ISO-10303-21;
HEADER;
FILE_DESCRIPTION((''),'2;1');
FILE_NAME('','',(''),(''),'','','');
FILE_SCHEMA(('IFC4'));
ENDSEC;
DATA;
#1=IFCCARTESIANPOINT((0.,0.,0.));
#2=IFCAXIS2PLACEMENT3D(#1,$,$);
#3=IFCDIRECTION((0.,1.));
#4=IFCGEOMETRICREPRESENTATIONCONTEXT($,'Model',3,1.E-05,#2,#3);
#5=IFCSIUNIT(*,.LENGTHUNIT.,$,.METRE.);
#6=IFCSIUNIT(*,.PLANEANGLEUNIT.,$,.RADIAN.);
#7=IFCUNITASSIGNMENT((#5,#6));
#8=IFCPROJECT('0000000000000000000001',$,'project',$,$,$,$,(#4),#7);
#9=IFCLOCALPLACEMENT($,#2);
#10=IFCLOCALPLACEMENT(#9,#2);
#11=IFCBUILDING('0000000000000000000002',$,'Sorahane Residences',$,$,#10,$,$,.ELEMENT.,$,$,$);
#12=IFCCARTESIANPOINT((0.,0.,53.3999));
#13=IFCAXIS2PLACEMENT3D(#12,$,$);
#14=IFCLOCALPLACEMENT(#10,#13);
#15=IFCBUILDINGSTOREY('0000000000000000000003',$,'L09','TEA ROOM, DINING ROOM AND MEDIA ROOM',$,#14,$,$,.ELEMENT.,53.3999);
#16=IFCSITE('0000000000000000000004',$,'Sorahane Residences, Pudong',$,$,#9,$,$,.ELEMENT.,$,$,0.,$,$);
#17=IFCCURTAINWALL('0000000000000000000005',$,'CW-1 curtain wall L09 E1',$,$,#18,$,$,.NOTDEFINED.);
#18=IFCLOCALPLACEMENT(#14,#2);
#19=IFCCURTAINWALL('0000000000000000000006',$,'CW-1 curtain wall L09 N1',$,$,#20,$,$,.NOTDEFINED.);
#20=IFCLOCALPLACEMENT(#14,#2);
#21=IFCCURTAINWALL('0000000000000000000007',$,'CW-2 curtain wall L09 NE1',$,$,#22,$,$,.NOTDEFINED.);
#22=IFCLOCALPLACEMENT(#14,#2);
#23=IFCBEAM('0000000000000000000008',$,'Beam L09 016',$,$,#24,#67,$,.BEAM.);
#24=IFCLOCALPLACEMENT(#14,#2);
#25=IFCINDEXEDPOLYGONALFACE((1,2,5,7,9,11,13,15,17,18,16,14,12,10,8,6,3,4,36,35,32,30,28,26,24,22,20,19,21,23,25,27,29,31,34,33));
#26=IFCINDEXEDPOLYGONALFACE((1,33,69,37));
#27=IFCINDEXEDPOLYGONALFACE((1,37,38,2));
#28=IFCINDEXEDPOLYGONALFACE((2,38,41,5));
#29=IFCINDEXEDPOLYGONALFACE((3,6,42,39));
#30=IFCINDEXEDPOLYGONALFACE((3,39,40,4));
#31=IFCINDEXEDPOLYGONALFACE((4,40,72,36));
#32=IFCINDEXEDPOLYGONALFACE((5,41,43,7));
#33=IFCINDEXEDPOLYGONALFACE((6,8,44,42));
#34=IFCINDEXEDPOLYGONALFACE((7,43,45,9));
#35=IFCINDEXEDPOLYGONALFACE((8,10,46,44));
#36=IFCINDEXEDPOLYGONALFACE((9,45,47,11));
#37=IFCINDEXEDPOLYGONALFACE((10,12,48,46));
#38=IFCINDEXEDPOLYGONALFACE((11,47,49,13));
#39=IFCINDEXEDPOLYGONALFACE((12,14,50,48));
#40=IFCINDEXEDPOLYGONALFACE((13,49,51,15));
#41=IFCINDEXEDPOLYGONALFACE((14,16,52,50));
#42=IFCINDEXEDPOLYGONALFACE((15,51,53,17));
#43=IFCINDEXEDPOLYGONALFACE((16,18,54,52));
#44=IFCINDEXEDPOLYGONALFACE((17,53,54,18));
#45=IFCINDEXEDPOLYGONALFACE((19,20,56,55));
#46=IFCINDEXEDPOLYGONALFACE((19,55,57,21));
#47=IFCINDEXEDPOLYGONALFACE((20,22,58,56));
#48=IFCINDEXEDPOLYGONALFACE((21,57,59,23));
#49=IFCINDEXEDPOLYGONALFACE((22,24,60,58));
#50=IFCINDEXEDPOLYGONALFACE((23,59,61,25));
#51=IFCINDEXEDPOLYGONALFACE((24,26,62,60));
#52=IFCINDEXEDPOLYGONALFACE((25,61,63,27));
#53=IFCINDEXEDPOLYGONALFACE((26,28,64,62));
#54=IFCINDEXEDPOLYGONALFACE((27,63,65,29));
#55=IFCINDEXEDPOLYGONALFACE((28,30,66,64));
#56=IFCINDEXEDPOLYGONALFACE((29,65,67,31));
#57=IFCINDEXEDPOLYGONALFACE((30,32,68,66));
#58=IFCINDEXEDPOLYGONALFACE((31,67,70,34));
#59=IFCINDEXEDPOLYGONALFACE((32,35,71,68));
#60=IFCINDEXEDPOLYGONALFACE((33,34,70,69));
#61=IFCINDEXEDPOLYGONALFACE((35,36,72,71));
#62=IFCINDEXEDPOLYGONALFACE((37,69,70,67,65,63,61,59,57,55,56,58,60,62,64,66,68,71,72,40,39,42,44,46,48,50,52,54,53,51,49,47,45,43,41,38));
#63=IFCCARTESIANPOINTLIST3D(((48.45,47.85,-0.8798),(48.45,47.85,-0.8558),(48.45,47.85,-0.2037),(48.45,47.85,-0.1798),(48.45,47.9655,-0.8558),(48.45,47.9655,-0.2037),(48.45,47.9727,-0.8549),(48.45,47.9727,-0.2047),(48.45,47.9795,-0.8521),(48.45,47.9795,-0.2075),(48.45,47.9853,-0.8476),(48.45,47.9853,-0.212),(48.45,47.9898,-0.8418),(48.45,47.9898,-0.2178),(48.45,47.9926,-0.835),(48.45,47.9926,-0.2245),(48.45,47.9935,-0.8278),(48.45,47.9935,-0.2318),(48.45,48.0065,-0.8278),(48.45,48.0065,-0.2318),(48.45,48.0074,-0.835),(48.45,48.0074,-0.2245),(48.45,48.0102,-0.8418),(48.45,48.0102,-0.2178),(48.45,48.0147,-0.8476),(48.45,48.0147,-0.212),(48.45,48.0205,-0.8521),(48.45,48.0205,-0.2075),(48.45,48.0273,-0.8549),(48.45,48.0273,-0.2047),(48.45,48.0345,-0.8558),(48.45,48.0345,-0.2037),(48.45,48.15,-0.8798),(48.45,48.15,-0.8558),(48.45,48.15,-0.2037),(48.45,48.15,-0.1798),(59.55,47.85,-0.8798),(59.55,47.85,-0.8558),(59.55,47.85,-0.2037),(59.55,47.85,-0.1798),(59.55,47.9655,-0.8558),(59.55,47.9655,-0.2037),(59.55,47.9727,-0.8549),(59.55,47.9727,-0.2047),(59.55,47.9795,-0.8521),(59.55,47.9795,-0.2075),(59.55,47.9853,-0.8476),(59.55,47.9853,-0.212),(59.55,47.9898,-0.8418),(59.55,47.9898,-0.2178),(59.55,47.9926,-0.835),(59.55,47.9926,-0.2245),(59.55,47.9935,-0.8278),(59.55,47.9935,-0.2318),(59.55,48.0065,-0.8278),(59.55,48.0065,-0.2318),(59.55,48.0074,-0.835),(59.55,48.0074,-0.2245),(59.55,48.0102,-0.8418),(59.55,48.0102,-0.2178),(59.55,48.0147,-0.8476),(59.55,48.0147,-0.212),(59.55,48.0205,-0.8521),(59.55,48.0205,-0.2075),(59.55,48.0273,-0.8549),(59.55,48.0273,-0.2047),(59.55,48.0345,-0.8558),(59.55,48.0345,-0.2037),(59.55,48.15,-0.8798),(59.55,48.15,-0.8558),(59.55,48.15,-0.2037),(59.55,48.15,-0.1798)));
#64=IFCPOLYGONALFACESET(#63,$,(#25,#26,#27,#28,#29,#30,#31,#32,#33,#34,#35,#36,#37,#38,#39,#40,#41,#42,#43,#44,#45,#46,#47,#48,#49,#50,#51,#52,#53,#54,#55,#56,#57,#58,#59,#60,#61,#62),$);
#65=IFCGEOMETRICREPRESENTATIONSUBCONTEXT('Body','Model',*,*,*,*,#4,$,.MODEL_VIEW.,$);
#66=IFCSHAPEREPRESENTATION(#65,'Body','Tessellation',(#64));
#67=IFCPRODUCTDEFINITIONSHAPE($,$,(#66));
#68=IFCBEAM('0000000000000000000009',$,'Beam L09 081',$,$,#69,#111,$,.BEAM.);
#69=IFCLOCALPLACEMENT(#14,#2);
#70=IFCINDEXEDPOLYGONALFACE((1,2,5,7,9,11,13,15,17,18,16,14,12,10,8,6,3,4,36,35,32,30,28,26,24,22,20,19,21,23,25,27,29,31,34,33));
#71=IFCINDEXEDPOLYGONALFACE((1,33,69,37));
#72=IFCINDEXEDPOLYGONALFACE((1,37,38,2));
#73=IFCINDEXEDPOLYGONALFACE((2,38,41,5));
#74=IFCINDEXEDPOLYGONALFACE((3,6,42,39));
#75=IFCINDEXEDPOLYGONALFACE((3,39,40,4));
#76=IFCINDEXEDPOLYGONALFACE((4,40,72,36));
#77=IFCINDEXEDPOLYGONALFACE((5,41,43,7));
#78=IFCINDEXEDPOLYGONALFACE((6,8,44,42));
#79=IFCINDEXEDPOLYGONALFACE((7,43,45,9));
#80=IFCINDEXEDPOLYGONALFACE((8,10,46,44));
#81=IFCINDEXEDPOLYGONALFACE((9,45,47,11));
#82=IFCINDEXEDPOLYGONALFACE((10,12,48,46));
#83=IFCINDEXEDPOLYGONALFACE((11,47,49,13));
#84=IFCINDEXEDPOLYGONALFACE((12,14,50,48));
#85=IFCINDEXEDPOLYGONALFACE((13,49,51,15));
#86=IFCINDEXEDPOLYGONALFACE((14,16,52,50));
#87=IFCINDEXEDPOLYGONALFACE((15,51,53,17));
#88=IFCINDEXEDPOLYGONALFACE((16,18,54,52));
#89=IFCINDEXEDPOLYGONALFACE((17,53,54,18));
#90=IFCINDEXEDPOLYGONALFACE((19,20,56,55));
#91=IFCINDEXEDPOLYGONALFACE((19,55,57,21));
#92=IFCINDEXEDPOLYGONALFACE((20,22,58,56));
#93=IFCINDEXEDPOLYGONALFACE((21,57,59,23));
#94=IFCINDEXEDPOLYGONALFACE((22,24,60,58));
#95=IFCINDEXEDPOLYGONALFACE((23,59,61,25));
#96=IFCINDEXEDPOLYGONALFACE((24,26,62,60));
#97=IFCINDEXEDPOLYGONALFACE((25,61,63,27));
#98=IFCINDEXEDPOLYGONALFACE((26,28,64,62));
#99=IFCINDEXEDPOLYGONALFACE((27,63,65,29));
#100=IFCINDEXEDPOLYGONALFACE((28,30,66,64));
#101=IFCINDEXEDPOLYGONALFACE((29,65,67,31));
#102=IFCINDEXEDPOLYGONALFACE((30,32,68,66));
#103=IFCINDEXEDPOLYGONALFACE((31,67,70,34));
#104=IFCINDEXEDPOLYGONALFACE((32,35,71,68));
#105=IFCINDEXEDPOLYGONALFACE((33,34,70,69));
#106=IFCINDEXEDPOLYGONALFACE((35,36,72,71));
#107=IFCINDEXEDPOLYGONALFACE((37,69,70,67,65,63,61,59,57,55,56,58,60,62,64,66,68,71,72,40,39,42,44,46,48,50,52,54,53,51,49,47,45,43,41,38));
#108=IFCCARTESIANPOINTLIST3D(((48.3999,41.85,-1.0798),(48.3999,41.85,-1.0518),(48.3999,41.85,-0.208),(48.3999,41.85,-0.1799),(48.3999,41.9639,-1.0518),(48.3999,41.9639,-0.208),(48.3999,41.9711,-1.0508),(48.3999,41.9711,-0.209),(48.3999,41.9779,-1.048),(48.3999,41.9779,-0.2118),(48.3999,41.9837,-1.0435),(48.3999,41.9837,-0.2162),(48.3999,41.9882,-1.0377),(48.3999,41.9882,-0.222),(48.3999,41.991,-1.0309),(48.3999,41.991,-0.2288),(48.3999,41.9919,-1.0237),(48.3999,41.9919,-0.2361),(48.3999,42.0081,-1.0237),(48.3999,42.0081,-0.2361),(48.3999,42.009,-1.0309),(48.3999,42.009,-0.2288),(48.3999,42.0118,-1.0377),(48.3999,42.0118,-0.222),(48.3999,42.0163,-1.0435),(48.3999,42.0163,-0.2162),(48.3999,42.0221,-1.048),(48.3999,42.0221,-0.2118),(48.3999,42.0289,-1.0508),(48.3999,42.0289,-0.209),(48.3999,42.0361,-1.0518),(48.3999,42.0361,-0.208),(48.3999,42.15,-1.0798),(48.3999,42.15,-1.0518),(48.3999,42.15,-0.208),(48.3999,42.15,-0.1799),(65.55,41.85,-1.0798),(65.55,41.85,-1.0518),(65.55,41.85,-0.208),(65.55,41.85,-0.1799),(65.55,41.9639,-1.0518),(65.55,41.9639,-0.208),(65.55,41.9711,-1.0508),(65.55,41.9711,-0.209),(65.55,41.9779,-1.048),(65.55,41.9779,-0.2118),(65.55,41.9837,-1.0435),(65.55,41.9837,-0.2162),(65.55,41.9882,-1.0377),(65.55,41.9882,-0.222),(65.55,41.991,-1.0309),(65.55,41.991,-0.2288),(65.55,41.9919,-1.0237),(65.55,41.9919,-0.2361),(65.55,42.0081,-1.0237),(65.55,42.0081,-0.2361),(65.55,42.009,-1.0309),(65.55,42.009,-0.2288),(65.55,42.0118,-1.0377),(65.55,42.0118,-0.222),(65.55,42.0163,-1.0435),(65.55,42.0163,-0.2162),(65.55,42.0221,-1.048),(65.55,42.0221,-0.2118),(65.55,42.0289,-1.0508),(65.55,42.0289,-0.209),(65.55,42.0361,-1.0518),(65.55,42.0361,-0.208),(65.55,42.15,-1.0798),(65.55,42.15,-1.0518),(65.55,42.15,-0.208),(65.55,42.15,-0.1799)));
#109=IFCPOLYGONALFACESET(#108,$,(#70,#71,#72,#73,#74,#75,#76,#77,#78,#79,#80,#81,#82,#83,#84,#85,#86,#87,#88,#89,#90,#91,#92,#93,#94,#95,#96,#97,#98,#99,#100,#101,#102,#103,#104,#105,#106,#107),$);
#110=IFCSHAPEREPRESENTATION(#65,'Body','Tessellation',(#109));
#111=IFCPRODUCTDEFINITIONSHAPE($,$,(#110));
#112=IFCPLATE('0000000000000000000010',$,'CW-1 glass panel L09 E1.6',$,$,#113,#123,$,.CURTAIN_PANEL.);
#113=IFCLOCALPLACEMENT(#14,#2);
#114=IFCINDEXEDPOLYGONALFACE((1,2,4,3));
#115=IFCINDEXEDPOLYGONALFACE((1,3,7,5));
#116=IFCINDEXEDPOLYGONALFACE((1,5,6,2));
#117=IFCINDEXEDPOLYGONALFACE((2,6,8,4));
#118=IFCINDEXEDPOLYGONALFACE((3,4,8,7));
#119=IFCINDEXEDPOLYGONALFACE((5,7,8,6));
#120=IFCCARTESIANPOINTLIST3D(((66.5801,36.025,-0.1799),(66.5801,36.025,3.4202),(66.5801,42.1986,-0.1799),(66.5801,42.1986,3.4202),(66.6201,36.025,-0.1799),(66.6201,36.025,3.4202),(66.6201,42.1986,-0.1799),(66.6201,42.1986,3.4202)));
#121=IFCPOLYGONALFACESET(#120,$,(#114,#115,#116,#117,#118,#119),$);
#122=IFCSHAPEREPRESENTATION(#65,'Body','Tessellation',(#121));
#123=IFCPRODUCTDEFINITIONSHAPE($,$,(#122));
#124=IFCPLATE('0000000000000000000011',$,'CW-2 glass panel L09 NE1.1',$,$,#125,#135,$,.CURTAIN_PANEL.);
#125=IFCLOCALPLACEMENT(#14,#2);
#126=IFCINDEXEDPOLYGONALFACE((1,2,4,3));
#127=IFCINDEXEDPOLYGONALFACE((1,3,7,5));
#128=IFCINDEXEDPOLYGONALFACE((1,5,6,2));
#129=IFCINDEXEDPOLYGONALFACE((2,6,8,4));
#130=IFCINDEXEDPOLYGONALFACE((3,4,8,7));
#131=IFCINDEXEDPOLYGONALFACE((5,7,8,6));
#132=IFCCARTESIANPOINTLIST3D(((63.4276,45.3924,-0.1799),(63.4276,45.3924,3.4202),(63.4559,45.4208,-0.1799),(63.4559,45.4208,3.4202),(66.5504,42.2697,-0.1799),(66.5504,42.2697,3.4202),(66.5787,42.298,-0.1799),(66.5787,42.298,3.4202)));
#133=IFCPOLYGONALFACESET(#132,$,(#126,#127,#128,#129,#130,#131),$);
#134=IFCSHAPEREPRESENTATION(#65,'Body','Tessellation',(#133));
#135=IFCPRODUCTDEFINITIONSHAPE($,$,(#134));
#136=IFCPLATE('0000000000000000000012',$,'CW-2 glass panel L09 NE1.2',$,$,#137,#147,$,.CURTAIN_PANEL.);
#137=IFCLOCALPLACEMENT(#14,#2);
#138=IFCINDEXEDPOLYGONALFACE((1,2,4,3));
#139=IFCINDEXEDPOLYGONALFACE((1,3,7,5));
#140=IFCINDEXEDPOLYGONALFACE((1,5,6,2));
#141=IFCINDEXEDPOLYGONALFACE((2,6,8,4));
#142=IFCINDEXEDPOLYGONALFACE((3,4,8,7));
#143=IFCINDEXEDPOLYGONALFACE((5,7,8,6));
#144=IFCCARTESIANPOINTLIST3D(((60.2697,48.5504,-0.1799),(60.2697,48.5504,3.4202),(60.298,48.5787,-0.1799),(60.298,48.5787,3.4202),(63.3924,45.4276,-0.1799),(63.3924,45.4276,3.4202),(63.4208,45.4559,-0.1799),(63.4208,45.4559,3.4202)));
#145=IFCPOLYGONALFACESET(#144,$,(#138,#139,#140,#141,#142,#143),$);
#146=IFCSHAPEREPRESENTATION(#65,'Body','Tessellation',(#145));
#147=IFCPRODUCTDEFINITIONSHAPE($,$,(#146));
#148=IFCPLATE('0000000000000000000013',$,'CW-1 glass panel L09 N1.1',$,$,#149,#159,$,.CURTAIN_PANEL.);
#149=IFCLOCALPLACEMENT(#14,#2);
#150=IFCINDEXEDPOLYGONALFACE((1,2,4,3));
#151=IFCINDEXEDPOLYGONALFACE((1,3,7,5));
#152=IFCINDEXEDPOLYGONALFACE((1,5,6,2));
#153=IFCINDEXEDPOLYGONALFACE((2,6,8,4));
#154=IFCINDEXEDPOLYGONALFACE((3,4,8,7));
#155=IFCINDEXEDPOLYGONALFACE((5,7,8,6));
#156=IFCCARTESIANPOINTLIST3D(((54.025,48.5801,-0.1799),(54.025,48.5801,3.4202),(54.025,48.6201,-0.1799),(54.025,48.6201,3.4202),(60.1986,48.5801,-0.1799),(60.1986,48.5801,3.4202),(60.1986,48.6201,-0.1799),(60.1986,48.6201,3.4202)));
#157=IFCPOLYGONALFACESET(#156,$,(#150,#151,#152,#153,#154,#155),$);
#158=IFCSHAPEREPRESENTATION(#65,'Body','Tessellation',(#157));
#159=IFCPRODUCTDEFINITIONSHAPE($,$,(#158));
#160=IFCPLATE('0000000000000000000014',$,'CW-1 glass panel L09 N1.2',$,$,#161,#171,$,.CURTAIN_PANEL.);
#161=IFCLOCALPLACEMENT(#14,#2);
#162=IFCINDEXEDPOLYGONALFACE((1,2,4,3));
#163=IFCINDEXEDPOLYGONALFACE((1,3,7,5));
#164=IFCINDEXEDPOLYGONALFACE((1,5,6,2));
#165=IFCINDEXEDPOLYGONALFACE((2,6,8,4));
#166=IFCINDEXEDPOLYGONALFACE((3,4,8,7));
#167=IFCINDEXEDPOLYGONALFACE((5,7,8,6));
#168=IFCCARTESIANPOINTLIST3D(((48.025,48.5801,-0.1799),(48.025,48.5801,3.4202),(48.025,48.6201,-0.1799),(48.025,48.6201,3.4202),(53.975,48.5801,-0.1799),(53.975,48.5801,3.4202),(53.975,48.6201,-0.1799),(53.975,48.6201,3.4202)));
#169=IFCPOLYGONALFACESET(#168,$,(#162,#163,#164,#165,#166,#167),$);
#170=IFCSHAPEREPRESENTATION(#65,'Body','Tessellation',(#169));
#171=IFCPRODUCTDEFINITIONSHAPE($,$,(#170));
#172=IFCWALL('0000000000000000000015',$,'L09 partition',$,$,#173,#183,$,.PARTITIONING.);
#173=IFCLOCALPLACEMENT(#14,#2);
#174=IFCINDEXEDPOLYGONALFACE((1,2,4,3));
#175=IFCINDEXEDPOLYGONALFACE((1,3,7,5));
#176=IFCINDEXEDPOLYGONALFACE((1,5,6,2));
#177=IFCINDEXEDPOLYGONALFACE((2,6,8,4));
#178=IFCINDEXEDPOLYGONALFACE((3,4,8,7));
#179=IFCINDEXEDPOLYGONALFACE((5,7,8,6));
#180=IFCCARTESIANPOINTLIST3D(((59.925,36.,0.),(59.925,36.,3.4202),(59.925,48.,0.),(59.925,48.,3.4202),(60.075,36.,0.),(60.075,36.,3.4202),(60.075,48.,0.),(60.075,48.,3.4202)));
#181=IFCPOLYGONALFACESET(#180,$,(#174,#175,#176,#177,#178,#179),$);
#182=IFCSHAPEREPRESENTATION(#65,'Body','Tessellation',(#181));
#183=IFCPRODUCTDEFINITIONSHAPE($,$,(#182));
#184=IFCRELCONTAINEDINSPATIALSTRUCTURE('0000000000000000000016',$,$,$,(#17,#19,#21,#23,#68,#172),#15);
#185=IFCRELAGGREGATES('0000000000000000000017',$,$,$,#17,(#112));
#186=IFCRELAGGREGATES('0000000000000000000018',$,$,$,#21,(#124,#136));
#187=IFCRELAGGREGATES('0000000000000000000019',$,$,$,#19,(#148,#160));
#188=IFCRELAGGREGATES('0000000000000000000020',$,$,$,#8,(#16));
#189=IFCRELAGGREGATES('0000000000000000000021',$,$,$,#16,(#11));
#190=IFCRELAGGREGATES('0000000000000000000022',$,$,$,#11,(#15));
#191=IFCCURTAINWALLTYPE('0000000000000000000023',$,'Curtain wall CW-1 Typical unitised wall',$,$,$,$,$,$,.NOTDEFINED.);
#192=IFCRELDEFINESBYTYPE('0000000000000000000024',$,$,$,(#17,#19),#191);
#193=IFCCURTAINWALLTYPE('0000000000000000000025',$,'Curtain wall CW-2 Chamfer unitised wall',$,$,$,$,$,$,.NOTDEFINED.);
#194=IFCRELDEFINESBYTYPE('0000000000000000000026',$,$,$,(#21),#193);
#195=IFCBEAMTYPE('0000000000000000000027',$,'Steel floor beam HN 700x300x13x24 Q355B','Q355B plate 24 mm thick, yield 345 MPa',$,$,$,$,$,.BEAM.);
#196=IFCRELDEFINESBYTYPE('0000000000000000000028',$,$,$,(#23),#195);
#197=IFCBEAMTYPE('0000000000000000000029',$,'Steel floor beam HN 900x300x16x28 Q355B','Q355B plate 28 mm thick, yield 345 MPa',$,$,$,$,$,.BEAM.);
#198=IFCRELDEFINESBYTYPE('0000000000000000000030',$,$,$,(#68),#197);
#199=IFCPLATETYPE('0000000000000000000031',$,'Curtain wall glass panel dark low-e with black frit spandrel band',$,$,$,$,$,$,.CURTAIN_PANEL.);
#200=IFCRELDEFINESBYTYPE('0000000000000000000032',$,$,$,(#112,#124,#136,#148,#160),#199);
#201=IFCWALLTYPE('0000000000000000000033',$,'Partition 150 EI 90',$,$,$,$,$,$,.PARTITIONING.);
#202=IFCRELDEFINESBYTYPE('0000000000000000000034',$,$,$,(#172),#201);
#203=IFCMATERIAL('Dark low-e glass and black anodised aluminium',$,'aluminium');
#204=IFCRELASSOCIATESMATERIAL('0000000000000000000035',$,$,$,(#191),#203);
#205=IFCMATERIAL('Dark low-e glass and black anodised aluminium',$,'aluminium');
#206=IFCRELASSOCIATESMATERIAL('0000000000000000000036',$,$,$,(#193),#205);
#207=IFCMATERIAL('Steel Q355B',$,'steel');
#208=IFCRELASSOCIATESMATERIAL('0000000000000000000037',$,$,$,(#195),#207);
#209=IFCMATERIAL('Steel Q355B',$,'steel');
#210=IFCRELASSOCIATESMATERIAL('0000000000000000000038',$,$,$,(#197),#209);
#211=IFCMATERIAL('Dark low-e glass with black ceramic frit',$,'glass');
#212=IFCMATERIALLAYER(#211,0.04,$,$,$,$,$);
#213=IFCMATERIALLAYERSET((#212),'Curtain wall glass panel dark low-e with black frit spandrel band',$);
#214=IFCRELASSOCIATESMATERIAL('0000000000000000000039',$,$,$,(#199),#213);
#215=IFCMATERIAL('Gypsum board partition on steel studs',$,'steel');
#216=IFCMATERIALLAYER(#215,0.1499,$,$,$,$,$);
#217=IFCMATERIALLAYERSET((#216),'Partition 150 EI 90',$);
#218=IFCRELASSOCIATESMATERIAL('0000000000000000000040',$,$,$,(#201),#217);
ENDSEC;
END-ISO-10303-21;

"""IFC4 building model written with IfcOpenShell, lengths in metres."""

from ifc_helpers import new_model, si_unit, direction, frame, frame_2d, origin, origin_2d, place, context, subcontext, project, spatial, rectangle, i_section, extrude, material, layer, layer_set, material_profile, profile_set, type_object, element, aggregate, save


model = new_model("IFC4")

# Units and contexts
model_context = context("Model", 3, precision=1e-05, world=origin(), true_north=direction((0.0, 1.0)))
body_context = subcontext(model_context, "Body", "Model", "MODEL_VIEW")
ifc_project = project(units=[si_unit("LENGTHUNIT", "METRE"), si_unit("PLANEANGLEUNIT", "RADIAN")], contexts=[model_context])

# Site, building, storey
site_placement = place(None, origin())
site = spatial("IfcSite", under=ifc_project, at=site_placement, Name="Sorahane Residences, Pudong", CompositionType="ELEMENT", RefElevation=0.0)
building_placement = place(site_placement, origin())
building = spatial("IfcBuilding", under=site, at=building_placement, Name="Sorahane Residences", CompositionType="ELEMENT")
storey_placement = place(building_placement, frame((0.0, 0.0, 53.3999)))
storey = spatial("IfcBuildingStorey", under=building, at=storey_placement, Name="L09", Description="TEA ROOM, DINING ROOM AND MEDIA ROOM", CompositionType="ELEMENT", Elevation=53.3999)

# Curtain walls
ifc_material_1 = material(Name="Dark low-e glass and black anodised aluminium", Category="aluminium")
curtain_wall_type_1 = type_object("IfcCurtainWallType", Name="Curtain wall CW-1 Typical unitised wall", PredefinedType="NOTDEFINED", material=ifc_material_1)
curtain_wall_1_placement = place(storey_placement, origin())
curtain_wall_1 = element("IfcCurtainWall", 1, at=curtain_wall_1_placement, inside=storey, type_object=curtain_wall_type_1, Name="CW-1 curtain wall L09 E1", PredefinedType="NOTDEFINED")
curtain_wall_2_placement = place(storey_placement, origin())
curtain_wall_2 = element("IfcCurtainWall", 2, at=curtain_wall_2_placement, inside=storey, type_object=curtain_wall_type_1, Name="CW-1 curtain wall L09 N1", PredefinedType="NOTDEFINED")
ifc_material_2 = material(Name="Dark low-e glass and black anodised aluminium", Category="aluminium")
curtain_wall_type_2 = type_object("IfcCurtainWallType", Name="Curtain wall CW-2 Chamfer unitised wall", PredefinedType="NOTDEFINED", material=ifc_material_2)
curtain_wall_3_placement = place(storey_placement, origin())
curtain_wall_3 = element("IfcCurtainWall", 3, at=curtain_wall_3_placement, inside=storey, type_object=curtain_wall_type_2, Name="CW-2 curtain wall L09 NE1", PredefinedType="NOTDEFINED")

# Beams
ifc_material_3 = material(Name="Steel Q355B", Category="steel")
ifc_material_profile_1 = material_profile(ifc_material_3, i_section(OverallWidth=0.3, OverallDepth=0.7, WebThickness=0.0129, FlangeThickness=0.0239, FilletRadius=0.0281, at=origin_2d()), Name="HN 700x300x13x24")
ifc_profile_set_1 = profile_set([ifc_material_profile_1], Name="Steel Q355B")
beam_type_1 = type_object("IfcBeamType", Name="Steel floor beam HN 700x300x13x24 Q355B", Description="Q355B plate 24 mm thick, yield 345 MPa", PredefinedType="BEAM", material=ifc_profile_set_1)
beam_1_placement = place(storey_placement, frame((48.45, 48.0, -0.5298), z_axis=(1.0, 0.0, 0.0), x_axis=(0.0, 1.0, 0.0)))
element("IfcBeam", 4, at=beam_1_placement, inside=storey, type_object=beam_type_1, Name="Beam L09 016", PredefinedType="BEAM", context=body_context, shape_type="SweptSolid", body=[
    extrude(i_section(OverallWidth=0.3, OverallDepth=0.7, WebThickness=0.0129, FlangeThickness=0.0239, FilletRadius=0.0281, at=origin_2d()), origin(), (0.0, 0.0, 1.0), 11.1001),
])
ifc_material_4 = material(Name="Steel Q355B", Category="steel")
ifc_material_profile_2 = material_profile(ifc_material_4, i_section(OverallWidth=0.3, OverallDepth=0.8999, WebThickness=0.0161, FlangeThickness=0.0281, FilletRadius=0.0281, at=origin_2d()), Name="HN 900x300x16x28")
ifc_profile_set_2 = profile_set([ifc_material_profile_2], Name="Steel Q355B")
beam_type_2 = type_object("IfcBeamType", Name="Steel floor beam HN 900x300x16x28 Q355B", Description="Q355B plate 28 mm thick, yield 345 MPa", PredefinedType="BEAM", material=ifc_profile_set_2)
beam_2_placement = place(storey_placement, frame((48.3999, 42.0, -0.6299), z_axis=(1.0, 0.0, 0.0), x_axis=(0.0, 1.0, 0.0)))
element("IfcBeam", 5, at=beam_2_placement, inside=storey, type_object=beam_type_2, Name="Beam L09 081", PredefinedType="BEAM", context=body_context, shape_type="SweptSolid", body=[
    extrude(i_section(OverallWidth=0.3, OverallDepth=0.8999, WebThickness=0.0161, FlangeThickness=0.0281, FilletRadius=0.0281, at=origin_2d()), origin(), (0.0, 0.0, 1.0), 17.1501),
])

# Plates
ifc_material_5 = material(Name="Dark low-e glass with black ceramic frit", Category="glass")
ifc_layer_1 = layer(ifc_material_5, 0.04)
ifc_layer_set_1 = layer_set([ifc_layer_1], Name="Curtain wall glass panel dark low-e with black frit spandrel band")
plate_type = type_object("IfcPlateType", Name="Curtain wall glass panel dark low-e with black frit spandrel band", PredefinedType="CURTAIN_PANEL", material=ifc_layer_set_1)
plate_1_placement = place(storey_placement, frame((66.6001, 39.1118, -0.1799), z_axis=(0.0, 0.0, 1.0), x_axis=(0.0, 1.0, 0.0)))
plate_1 = element("IfcPlate", 6, at=plate_1_placement, type_object=plate_type, Name="CW-1 glass panel L09 E1.6", PredefinedType="CURTAIN_PANEL", context=body_context, shape_type="SweptSolid", body=[
    extrude(rectangle(XDim=6.1736, YDim=0.04, at=origin_2d()), origin(), (0.0, 0.0, 1.0), 3.6001),
])
aggregate(curtain_wall_1, [plate_1])
plate_2_placement = place(storey_placement, frame((65.0032, 43.8452, -0.1799), z_axis=(0.0, 0.0, 1.0), x_axis=(-0.707107, 0.707107, 0.0)))
plate_2 = element("IfcPlate", 7, at=plate_2_placement, type_object=plate_type, Name="CW-2 glass panel L09 NE1.1", PredefinedType="CURTAIN_PANEL", context=body_context, shape_type="SweptSolid", body=[
    extrude(rectangle(XDim=4.4163, YDim=0.04, at=origin_2d()), origin(), (0.0, 0.0, 1.0), 3.6001),
])
plate_3_placement = place(storey_placement, frame((61.8452, 47.0032, -0.1799), z_axis=(0.0, 0.0, 1.0), x_axis=(-0.707107, 0.707107, 0.0)))
plate_3 = element("IfcPlate", 8, at=plate_3_placement, type_object=plate_type, Name="CW-2 glass panel L09 NE1.2", PredefinedType="CURTAIN_PANEL", context=body_context, shape_type="SweptSolid", body=[
    extrude(rectangle(XDim=4.4163, YDim=0.04, at=origin_2d()), origin(), (0.0, 0.0, 1.0), 3.6001),
])
aggregate(curtain_wall_3, [plate_2, plate_3])
plate_4_placement = place(storey_placement, frame((57.1118, 48.6001, -0.1799), z_axis=(0.0, 0.0, 1.0), x_axis=(-1.0, 0.0, 0.0)))
plate_4 = element("IfcPlate", 9, at=plate_4_placement, type_object=plate_type, Name="CW-1 glass panel L09 N1.1", PredefinedType="CURTAIN_PANEL", context=body_context, shape_type="SweptSolid", body=[
    extrude(rectangle(XDim=6.1736, YDim=0.04, at=origin_2d()), origin(), (0.0, 0.0, 1.0), 3.6001),
])
plate_5_placement = place(storey_placement, frame((51.0, 48.6001, -0.1799), z_axis=(0.0, 0.0, 1.0), x_axis=(-1.0, 0.0, 0.0)))
plate_5 = element("IfcPlate", 10, at=plate_5_placement, type_object=plate_type, Name="CW-1 glass panel L09 N1.2", PredefinedType="CURTAIN_PANEL", context=body_context, shape_type="SweptSolid", body=[
    extrude(rectangle(XDim=5.95, YDim=0.04, at=origin_2d()), origin(), (0.0, 0.0, 1.0), 3.6001),
])
aggregate(curtain_wall_2, [plate_4, plate_5])

# Wall
ifc_material_6 = material(Name="Gypsum board partition on steel studs", Category="steel")
ifc_layer_2 = layer(ifc_material_6, 0.1499)
ifc_layer_set_2 = layer_set([ifc_layer_2], Name="Partition 150 EI 90")
wall_type = type_object("IfcWallType", Name="Partition 150 EI 90", PredefinedType="PARTITIONING", material=ifc_layer_set_2)
wall_placement = place(storey_placement, frame((60.0, 36.0, 0.0), z_axis=(0.0, 0.0, 1.0), x_axis=(0.0, 1.0, 0.0)))
element("IfcWall", 11, at=wall_placement, inside=storey, type_object=wall_type, Name="L09 partition", PredefinedType="PARTITIONING", context=body_context, shape_type="SweptSolid", body=[
    extrude(rectangle(XDim=12.0, YDim=0.1499, at=frame_2d((6.0, 0.0))), origin(), (0.0, 0.0, 1.0), 3.4202),
])

save(model, "model.ifc")
